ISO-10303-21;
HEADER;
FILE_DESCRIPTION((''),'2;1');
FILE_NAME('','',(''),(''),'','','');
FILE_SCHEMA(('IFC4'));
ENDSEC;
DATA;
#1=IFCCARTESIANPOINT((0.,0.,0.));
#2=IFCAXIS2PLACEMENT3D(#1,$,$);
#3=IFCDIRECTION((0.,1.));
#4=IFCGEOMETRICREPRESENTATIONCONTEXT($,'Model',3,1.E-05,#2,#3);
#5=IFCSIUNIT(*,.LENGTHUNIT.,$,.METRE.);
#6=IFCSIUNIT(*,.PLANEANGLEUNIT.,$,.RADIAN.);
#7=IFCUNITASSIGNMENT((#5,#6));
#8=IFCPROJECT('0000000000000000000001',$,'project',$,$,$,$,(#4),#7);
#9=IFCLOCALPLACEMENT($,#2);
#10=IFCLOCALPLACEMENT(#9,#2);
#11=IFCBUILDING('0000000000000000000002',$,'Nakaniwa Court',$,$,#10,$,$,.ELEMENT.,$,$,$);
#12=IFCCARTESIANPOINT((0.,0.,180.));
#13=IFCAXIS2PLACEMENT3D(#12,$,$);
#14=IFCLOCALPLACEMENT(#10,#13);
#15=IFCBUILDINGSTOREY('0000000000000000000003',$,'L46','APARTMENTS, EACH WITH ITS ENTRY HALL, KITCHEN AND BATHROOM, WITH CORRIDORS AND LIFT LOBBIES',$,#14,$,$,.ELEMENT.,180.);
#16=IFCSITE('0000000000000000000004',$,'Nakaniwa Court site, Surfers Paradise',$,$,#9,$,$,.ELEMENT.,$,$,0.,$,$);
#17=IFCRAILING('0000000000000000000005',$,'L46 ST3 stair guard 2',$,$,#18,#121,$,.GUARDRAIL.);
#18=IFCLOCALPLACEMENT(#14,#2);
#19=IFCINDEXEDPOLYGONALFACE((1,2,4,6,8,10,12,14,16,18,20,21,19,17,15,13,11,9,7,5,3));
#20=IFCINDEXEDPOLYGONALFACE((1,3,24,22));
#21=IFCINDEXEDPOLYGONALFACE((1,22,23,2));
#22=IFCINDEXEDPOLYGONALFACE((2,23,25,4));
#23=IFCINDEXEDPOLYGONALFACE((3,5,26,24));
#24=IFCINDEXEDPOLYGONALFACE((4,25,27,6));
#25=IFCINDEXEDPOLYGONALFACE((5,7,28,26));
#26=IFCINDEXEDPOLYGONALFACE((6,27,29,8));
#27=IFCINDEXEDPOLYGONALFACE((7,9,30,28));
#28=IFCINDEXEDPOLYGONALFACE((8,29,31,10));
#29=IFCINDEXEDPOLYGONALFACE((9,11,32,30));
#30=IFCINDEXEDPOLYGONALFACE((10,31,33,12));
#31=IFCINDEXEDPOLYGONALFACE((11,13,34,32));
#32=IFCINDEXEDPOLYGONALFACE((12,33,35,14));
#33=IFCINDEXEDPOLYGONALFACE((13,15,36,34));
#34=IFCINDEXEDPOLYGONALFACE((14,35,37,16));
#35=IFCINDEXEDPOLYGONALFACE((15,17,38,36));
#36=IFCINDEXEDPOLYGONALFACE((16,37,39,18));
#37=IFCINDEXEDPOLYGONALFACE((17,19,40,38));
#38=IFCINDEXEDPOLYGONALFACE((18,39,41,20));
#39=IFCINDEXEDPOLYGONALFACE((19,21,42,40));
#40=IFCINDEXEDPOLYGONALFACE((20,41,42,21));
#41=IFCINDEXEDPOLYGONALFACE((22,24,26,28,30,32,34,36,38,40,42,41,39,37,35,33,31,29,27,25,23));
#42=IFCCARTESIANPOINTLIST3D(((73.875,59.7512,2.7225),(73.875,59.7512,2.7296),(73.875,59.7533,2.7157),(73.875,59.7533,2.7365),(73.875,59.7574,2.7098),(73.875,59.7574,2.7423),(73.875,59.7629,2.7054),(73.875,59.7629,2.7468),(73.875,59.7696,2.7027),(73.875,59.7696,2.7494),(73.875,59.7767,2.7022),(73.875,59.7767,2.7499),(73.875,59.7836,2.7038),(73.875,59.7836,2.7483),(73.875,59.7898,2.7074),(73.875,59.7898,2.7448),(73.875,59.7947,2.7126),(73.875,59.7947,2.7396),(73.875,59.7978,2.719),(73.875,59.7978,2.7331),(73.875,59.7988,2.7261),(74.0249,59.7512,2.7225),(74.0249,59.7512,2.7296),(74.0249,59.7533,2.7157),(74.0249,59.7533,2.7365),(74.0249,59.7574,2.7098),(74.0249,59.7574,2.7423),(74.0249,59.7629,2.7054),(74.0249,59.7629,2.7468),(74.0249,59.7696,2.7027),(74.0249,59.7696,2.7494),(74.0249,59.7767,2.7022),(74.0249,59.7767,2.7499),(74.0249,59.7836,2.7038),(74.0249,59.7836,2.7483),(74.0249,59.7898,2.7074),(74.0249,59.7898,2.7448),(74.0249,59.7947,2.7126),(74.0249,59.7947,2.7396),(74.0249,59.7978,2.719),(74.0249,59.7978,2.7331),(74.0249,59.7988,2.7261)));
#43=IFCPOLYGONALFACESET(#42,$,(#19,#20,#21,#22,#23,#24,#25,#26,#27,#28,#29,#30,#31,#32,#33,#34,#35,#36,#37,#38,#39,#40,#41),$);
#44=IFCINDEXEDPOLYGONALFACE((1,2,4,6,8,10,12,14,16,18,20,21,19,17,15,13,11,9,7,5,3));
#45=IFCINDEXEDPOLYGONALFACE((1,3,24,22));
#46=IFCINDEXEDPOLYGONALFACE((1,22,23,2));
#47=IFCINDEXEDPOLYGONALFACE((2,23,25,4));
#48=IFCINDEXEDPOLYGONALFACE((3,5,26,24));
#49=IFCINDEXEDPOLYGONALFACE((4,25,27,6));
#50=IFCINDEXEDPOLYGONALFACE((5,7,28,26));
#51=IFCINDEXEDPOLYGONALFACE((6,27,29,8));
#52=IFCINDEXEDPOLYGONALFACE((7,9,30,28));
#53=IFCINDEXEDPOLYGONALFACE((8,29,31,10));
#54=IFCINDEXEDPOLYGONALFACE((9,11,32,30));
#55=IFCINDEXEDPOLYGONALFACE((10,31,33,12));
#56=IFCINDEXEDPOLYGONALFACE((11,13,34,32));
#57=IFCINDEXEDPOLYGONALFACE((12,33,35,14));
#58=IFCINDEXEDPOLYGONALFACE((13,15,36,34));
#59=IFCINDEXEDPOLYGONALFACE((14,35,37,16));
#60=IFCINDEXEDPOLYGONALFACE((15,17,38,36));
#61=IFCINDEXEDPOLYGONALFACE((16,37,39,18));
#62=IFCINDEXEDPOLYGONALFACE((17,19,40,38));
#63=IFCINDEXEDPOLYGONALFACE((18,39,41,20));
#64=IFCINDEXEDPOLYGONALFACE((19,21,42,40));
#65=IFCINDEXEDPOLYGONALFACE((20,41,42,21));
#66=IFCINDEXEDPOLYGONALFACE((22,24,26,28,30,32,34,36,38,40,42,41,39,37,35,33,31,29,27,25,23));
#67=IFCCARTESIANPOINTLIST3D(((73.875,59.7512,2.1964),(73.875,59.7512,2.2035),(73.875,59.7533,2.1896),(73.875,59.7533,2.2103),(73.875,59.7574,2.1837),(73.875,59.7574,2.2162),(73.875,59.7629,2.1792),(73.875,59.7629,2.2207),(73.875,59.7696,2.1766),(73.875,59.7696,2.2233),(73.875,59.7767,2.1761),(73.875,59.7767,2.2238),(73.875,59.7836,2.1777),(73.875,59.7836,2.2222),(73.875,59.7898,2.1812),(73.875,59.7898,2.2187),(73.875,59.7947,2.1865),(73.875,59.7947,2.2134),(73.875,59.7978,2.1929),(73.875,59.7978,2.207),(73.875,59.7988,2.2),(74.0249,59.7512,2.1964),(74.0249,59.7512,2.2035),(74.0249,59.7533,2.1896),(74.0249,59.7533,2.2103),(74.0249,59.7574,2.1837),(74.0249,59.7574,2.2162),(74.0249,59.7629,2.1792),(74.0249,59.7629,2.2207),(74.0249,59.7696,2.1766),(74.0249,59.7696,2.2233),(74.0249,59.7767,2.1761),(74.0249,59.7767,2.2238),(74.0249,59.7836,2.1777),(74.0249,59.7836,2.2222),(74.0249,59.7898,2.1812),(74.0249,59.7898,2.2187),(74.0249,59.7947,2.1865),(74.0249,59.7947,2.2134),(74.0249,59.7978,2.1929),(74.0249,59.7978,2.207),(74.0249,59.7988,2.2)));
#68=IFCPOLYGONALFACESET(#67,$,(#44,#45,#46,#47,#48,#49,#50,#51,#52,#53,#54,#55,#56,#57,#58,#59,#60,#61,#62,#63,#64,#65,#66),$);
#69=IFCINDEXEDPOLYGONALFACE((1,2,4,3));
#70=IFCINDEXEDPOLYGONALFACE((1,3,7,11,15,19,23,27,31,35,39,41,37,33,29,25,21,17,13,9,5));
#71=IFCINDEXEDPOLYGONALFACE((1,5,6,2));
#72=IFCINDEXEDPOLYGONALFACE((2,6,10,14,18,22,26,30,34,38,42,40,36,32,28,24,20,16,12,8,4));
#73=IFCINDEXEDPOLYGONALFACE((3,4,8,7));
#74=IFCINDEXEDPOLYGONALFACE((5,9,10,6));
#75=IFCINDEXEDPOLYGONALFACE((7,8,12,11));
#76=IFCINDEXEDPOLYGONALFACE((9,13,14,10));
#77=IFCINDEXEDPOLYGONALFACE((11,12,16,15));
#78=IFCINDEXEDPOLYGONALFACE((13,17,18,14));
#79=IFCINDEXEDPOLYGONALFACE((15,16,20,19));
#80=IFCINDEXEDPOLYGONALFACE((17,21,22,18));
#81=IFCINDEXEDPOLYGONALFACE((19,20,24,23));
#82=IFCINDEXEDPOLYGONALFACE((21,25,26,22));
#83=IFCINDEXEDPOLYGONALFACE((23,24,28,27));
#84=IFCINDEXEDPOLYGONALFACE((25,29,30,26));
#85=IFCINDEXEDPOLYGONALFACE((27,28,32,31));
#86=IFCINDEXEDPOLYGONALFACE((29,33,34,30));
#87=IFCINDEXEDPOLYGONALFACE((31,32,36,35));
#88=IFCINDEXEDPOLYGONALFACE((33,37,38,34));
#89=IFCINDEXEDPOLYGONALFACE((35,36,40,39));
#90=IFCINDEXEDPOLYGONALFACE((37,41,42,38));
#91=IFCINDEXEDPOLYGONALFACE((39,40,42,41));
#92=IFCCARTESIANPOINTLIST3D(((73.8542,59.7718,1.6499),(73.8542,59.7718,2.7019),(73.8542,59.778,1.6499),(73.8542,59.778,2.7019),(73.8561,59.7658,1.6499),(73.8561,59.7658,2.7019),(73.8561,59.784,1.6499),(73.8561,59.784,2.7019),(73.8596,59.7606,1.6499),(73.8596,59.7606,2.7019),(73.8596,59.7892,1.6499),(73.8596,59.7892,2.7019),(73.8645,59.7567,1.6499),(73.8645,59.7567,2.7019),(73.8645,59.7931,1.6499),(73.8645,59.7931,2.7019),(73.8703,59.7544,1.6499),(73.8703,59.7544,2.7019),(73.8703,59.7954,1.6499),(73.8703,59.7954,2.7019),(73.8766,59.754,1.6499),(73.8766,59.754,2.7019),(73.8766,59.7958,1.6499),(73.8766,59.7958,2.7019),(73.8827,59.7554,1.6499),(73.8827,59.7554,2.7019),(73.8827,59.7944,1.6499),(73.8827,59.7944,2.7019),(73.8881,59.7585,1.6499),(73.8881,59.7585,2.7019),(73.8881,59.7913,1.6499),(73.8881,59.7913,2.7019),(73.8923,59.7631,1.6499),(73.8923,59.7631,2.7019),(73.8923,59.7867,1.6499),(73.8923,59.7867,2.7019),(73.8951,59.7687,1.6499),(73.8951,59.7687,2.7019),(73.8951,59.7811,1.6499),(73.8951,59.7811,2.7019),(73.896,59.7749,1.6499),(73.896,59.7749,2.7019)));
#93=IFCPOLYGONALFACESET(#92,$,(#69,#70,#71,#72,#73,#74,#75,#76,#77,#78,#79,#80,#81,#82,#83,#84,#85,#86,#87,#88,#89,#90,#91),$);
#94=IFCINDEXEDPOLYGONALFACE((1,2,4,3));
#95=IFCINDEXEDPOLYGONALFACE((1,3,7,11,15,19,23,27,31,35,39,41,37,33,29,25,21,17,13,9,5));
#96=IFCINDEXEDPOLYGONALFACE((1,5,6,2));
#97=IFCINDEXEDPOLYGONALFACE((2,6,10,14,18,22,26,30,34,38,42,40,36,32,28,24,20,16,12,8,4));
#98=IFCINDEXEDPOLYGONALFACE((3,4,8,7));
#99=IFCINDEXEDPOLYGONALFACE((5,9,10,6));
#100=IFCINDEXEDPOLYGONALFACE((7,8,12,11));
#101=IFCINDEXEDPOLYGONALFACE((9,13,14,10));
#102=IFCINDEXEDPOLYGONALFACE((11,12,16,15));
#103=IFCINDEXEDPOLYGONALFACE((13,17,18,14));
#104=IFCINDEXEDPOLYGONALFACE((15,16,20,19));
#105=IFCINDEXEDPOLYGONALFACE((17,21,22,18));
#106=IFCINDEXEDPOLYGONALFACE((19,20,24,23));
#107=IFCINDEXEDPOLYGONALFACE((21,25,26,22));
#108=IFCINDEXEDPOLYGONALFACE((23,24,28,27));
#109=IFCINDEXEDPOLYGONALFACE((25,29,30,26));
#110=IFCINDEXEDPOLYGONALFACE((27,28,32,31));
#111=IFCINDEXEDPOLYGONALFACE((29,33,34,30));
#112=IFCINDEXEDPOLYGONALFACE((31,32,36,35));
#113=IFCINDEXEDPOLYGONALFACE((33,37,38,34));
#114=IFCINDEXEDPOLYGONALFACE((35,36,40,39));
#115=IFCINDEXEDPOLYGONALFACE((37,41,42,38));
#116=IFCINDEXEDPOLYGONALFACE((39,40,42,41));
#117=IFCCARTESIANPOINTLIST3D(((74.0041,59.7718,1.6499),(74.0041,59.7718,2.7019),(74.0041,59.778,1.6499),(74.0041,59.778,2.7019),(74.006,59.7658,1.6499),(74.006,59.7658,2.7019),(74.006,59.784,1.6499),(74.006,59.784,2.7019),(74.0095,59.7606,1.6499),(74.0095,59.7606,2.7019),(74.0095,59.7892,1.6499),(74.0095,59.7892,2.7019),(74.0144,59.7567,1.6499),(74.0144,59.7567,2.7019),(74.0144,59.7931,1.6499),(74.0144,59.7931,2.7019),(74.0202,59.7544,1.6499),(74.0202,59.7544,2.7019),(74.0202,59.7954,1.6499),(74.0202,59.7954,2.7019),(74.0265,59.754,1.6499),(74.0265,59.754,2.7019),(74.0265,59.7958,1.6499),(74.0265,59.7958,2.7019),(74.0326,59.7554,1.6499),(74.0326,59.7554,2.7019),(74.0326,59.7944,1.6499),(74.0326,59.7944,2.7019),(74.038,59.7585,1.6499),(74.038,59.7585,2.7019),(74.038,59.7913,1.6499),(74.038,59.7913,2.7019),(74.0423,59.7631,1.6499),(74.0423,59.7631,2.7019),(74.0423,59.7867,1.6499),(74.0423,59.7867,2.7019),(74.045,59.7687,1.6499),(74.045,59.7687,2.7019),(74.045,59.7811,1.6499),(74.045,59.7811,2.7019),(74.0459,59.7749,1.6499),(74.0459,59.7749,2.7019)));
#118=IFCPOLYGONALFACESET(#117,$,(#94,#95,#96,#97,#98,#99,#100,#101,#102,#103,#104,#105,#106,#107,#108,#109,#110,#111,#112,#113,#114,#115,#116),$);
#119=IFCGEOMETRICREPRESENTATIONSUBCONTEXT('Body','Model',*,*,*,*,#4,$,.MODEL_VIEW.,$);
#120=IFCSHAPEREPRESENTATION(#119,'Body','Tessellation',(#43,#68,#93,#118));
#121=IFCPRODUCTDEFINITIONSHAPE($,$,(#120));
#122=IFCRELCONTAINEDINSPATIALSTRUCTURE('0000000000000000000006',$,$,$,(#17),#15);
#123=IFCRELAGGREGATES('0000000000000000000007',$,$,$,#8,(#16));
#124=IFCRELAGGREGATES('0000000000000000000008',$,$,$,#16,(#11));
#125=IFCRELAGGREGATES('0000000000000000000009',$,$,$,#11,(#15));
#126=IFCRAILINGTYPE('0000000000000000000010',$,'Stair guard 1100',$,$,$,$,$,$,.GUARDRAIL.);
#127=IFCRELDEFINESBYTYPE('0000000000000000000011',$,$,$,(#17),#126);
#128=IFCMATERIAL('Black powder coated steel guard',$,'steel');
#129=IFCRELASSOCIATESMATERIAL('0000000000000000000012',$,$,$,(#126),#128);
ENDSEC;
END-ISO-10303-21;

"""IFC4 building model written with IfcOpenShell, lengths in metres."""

from ifc_helpers import new_model, si_unit, direction, frame, origin, origin_2d, place, context, subcontext, project, spatial, circle, extrude, material, type_object, element, save


model = new_model("IFC4")

# Units and contexts
model_context = context("Model", 3, precision=1e-05, world=origin(), true_north=direction((0.0, 1.0)))
body_context = subcontext(model_context, "Body", "Model", "MODEL_VIEW")
ifc_project = project(units=[si_unit("LENGTHUNIT", "METRE"), si_unit("PLANEANGLEUNIT", "RADIAN")], contexts=[model_context])

# Site, building, storey
site_placement = place(None, origin())
site = spatial("IfcSite", under=ifc_project, at=site_placement, Name="Nakaniwa Court site, Surfers Paradise", CompositionType="ELEMENT", RefElevation=0.0)
building_placement = place(site_placement, origin())
building = spatial("IfcBuilding", under=site, at=building_placement, Name="Nakaniwa Court", CompositionType="ELEMENT")
storey_placement = place(building_placement, frame((0.0, 0.0, 180.0)))
storey = spatial("IfcBuildingStorey", under=building, at=storey_placement, Name="L46", Description="APARTMENTS, EACH WITH ITS ENTRY HALL, KITCHEN AND BATHROOM, WITH CORRIDORS AND LIFT LOBBIES", CompositionType="ELEMENT", Elevation=180.0)

# Railing
ifc_material_1 = material(Name="Black powder coated steel guard", Category="steel")
railing_type_1 = type_object("IfcRailingType", Name="Stair guard 1100", PredefinedType="GUARDRAIL", material=ifc_material_1)
railing_1_placement = place(storey_placement, frame((73.875, 59.7749, 1.6499)))
element("IfcRailing", 1, at=railing_1_placement, inside=storey, type_object=railing_type_1, Name="L46 ST3 stair guard 2", PredefinedType="GUARDRAIL", context=body_context, shape_type="SweptSolid", body=[
    extrude(circle(Radius=0.0239, at=origin_2d()), frame((0.0, 0.0, 1.0762), z_axis=(1.0, 0.0, 0.0), x_axis=(0.0, 1.0, 0.0)), (0.0, 0.0, 1.0), 0.1499),
    extrude(circle(Radius=0.0239, at=origin_2d()), frame((0.0, 0.0, 0.55), z_axis=(1.0, 0.0, 0.0), x_axis=(0.0, 1.0, 0.0)), (0.0, 0.0, 1.0), 0.1499),
    extrude(circle(Radius=0.021, at=origin_2d()), origin(), (0.0, 0.0, 1.0), 1.052),
    extrude(circle(Radius=0.021, at=origin_2d()), frame((0.1499, 0.0, 0.0)), (0.0, 0.0, 1.0), 1.052),
])

save(model, "model.ifc")
